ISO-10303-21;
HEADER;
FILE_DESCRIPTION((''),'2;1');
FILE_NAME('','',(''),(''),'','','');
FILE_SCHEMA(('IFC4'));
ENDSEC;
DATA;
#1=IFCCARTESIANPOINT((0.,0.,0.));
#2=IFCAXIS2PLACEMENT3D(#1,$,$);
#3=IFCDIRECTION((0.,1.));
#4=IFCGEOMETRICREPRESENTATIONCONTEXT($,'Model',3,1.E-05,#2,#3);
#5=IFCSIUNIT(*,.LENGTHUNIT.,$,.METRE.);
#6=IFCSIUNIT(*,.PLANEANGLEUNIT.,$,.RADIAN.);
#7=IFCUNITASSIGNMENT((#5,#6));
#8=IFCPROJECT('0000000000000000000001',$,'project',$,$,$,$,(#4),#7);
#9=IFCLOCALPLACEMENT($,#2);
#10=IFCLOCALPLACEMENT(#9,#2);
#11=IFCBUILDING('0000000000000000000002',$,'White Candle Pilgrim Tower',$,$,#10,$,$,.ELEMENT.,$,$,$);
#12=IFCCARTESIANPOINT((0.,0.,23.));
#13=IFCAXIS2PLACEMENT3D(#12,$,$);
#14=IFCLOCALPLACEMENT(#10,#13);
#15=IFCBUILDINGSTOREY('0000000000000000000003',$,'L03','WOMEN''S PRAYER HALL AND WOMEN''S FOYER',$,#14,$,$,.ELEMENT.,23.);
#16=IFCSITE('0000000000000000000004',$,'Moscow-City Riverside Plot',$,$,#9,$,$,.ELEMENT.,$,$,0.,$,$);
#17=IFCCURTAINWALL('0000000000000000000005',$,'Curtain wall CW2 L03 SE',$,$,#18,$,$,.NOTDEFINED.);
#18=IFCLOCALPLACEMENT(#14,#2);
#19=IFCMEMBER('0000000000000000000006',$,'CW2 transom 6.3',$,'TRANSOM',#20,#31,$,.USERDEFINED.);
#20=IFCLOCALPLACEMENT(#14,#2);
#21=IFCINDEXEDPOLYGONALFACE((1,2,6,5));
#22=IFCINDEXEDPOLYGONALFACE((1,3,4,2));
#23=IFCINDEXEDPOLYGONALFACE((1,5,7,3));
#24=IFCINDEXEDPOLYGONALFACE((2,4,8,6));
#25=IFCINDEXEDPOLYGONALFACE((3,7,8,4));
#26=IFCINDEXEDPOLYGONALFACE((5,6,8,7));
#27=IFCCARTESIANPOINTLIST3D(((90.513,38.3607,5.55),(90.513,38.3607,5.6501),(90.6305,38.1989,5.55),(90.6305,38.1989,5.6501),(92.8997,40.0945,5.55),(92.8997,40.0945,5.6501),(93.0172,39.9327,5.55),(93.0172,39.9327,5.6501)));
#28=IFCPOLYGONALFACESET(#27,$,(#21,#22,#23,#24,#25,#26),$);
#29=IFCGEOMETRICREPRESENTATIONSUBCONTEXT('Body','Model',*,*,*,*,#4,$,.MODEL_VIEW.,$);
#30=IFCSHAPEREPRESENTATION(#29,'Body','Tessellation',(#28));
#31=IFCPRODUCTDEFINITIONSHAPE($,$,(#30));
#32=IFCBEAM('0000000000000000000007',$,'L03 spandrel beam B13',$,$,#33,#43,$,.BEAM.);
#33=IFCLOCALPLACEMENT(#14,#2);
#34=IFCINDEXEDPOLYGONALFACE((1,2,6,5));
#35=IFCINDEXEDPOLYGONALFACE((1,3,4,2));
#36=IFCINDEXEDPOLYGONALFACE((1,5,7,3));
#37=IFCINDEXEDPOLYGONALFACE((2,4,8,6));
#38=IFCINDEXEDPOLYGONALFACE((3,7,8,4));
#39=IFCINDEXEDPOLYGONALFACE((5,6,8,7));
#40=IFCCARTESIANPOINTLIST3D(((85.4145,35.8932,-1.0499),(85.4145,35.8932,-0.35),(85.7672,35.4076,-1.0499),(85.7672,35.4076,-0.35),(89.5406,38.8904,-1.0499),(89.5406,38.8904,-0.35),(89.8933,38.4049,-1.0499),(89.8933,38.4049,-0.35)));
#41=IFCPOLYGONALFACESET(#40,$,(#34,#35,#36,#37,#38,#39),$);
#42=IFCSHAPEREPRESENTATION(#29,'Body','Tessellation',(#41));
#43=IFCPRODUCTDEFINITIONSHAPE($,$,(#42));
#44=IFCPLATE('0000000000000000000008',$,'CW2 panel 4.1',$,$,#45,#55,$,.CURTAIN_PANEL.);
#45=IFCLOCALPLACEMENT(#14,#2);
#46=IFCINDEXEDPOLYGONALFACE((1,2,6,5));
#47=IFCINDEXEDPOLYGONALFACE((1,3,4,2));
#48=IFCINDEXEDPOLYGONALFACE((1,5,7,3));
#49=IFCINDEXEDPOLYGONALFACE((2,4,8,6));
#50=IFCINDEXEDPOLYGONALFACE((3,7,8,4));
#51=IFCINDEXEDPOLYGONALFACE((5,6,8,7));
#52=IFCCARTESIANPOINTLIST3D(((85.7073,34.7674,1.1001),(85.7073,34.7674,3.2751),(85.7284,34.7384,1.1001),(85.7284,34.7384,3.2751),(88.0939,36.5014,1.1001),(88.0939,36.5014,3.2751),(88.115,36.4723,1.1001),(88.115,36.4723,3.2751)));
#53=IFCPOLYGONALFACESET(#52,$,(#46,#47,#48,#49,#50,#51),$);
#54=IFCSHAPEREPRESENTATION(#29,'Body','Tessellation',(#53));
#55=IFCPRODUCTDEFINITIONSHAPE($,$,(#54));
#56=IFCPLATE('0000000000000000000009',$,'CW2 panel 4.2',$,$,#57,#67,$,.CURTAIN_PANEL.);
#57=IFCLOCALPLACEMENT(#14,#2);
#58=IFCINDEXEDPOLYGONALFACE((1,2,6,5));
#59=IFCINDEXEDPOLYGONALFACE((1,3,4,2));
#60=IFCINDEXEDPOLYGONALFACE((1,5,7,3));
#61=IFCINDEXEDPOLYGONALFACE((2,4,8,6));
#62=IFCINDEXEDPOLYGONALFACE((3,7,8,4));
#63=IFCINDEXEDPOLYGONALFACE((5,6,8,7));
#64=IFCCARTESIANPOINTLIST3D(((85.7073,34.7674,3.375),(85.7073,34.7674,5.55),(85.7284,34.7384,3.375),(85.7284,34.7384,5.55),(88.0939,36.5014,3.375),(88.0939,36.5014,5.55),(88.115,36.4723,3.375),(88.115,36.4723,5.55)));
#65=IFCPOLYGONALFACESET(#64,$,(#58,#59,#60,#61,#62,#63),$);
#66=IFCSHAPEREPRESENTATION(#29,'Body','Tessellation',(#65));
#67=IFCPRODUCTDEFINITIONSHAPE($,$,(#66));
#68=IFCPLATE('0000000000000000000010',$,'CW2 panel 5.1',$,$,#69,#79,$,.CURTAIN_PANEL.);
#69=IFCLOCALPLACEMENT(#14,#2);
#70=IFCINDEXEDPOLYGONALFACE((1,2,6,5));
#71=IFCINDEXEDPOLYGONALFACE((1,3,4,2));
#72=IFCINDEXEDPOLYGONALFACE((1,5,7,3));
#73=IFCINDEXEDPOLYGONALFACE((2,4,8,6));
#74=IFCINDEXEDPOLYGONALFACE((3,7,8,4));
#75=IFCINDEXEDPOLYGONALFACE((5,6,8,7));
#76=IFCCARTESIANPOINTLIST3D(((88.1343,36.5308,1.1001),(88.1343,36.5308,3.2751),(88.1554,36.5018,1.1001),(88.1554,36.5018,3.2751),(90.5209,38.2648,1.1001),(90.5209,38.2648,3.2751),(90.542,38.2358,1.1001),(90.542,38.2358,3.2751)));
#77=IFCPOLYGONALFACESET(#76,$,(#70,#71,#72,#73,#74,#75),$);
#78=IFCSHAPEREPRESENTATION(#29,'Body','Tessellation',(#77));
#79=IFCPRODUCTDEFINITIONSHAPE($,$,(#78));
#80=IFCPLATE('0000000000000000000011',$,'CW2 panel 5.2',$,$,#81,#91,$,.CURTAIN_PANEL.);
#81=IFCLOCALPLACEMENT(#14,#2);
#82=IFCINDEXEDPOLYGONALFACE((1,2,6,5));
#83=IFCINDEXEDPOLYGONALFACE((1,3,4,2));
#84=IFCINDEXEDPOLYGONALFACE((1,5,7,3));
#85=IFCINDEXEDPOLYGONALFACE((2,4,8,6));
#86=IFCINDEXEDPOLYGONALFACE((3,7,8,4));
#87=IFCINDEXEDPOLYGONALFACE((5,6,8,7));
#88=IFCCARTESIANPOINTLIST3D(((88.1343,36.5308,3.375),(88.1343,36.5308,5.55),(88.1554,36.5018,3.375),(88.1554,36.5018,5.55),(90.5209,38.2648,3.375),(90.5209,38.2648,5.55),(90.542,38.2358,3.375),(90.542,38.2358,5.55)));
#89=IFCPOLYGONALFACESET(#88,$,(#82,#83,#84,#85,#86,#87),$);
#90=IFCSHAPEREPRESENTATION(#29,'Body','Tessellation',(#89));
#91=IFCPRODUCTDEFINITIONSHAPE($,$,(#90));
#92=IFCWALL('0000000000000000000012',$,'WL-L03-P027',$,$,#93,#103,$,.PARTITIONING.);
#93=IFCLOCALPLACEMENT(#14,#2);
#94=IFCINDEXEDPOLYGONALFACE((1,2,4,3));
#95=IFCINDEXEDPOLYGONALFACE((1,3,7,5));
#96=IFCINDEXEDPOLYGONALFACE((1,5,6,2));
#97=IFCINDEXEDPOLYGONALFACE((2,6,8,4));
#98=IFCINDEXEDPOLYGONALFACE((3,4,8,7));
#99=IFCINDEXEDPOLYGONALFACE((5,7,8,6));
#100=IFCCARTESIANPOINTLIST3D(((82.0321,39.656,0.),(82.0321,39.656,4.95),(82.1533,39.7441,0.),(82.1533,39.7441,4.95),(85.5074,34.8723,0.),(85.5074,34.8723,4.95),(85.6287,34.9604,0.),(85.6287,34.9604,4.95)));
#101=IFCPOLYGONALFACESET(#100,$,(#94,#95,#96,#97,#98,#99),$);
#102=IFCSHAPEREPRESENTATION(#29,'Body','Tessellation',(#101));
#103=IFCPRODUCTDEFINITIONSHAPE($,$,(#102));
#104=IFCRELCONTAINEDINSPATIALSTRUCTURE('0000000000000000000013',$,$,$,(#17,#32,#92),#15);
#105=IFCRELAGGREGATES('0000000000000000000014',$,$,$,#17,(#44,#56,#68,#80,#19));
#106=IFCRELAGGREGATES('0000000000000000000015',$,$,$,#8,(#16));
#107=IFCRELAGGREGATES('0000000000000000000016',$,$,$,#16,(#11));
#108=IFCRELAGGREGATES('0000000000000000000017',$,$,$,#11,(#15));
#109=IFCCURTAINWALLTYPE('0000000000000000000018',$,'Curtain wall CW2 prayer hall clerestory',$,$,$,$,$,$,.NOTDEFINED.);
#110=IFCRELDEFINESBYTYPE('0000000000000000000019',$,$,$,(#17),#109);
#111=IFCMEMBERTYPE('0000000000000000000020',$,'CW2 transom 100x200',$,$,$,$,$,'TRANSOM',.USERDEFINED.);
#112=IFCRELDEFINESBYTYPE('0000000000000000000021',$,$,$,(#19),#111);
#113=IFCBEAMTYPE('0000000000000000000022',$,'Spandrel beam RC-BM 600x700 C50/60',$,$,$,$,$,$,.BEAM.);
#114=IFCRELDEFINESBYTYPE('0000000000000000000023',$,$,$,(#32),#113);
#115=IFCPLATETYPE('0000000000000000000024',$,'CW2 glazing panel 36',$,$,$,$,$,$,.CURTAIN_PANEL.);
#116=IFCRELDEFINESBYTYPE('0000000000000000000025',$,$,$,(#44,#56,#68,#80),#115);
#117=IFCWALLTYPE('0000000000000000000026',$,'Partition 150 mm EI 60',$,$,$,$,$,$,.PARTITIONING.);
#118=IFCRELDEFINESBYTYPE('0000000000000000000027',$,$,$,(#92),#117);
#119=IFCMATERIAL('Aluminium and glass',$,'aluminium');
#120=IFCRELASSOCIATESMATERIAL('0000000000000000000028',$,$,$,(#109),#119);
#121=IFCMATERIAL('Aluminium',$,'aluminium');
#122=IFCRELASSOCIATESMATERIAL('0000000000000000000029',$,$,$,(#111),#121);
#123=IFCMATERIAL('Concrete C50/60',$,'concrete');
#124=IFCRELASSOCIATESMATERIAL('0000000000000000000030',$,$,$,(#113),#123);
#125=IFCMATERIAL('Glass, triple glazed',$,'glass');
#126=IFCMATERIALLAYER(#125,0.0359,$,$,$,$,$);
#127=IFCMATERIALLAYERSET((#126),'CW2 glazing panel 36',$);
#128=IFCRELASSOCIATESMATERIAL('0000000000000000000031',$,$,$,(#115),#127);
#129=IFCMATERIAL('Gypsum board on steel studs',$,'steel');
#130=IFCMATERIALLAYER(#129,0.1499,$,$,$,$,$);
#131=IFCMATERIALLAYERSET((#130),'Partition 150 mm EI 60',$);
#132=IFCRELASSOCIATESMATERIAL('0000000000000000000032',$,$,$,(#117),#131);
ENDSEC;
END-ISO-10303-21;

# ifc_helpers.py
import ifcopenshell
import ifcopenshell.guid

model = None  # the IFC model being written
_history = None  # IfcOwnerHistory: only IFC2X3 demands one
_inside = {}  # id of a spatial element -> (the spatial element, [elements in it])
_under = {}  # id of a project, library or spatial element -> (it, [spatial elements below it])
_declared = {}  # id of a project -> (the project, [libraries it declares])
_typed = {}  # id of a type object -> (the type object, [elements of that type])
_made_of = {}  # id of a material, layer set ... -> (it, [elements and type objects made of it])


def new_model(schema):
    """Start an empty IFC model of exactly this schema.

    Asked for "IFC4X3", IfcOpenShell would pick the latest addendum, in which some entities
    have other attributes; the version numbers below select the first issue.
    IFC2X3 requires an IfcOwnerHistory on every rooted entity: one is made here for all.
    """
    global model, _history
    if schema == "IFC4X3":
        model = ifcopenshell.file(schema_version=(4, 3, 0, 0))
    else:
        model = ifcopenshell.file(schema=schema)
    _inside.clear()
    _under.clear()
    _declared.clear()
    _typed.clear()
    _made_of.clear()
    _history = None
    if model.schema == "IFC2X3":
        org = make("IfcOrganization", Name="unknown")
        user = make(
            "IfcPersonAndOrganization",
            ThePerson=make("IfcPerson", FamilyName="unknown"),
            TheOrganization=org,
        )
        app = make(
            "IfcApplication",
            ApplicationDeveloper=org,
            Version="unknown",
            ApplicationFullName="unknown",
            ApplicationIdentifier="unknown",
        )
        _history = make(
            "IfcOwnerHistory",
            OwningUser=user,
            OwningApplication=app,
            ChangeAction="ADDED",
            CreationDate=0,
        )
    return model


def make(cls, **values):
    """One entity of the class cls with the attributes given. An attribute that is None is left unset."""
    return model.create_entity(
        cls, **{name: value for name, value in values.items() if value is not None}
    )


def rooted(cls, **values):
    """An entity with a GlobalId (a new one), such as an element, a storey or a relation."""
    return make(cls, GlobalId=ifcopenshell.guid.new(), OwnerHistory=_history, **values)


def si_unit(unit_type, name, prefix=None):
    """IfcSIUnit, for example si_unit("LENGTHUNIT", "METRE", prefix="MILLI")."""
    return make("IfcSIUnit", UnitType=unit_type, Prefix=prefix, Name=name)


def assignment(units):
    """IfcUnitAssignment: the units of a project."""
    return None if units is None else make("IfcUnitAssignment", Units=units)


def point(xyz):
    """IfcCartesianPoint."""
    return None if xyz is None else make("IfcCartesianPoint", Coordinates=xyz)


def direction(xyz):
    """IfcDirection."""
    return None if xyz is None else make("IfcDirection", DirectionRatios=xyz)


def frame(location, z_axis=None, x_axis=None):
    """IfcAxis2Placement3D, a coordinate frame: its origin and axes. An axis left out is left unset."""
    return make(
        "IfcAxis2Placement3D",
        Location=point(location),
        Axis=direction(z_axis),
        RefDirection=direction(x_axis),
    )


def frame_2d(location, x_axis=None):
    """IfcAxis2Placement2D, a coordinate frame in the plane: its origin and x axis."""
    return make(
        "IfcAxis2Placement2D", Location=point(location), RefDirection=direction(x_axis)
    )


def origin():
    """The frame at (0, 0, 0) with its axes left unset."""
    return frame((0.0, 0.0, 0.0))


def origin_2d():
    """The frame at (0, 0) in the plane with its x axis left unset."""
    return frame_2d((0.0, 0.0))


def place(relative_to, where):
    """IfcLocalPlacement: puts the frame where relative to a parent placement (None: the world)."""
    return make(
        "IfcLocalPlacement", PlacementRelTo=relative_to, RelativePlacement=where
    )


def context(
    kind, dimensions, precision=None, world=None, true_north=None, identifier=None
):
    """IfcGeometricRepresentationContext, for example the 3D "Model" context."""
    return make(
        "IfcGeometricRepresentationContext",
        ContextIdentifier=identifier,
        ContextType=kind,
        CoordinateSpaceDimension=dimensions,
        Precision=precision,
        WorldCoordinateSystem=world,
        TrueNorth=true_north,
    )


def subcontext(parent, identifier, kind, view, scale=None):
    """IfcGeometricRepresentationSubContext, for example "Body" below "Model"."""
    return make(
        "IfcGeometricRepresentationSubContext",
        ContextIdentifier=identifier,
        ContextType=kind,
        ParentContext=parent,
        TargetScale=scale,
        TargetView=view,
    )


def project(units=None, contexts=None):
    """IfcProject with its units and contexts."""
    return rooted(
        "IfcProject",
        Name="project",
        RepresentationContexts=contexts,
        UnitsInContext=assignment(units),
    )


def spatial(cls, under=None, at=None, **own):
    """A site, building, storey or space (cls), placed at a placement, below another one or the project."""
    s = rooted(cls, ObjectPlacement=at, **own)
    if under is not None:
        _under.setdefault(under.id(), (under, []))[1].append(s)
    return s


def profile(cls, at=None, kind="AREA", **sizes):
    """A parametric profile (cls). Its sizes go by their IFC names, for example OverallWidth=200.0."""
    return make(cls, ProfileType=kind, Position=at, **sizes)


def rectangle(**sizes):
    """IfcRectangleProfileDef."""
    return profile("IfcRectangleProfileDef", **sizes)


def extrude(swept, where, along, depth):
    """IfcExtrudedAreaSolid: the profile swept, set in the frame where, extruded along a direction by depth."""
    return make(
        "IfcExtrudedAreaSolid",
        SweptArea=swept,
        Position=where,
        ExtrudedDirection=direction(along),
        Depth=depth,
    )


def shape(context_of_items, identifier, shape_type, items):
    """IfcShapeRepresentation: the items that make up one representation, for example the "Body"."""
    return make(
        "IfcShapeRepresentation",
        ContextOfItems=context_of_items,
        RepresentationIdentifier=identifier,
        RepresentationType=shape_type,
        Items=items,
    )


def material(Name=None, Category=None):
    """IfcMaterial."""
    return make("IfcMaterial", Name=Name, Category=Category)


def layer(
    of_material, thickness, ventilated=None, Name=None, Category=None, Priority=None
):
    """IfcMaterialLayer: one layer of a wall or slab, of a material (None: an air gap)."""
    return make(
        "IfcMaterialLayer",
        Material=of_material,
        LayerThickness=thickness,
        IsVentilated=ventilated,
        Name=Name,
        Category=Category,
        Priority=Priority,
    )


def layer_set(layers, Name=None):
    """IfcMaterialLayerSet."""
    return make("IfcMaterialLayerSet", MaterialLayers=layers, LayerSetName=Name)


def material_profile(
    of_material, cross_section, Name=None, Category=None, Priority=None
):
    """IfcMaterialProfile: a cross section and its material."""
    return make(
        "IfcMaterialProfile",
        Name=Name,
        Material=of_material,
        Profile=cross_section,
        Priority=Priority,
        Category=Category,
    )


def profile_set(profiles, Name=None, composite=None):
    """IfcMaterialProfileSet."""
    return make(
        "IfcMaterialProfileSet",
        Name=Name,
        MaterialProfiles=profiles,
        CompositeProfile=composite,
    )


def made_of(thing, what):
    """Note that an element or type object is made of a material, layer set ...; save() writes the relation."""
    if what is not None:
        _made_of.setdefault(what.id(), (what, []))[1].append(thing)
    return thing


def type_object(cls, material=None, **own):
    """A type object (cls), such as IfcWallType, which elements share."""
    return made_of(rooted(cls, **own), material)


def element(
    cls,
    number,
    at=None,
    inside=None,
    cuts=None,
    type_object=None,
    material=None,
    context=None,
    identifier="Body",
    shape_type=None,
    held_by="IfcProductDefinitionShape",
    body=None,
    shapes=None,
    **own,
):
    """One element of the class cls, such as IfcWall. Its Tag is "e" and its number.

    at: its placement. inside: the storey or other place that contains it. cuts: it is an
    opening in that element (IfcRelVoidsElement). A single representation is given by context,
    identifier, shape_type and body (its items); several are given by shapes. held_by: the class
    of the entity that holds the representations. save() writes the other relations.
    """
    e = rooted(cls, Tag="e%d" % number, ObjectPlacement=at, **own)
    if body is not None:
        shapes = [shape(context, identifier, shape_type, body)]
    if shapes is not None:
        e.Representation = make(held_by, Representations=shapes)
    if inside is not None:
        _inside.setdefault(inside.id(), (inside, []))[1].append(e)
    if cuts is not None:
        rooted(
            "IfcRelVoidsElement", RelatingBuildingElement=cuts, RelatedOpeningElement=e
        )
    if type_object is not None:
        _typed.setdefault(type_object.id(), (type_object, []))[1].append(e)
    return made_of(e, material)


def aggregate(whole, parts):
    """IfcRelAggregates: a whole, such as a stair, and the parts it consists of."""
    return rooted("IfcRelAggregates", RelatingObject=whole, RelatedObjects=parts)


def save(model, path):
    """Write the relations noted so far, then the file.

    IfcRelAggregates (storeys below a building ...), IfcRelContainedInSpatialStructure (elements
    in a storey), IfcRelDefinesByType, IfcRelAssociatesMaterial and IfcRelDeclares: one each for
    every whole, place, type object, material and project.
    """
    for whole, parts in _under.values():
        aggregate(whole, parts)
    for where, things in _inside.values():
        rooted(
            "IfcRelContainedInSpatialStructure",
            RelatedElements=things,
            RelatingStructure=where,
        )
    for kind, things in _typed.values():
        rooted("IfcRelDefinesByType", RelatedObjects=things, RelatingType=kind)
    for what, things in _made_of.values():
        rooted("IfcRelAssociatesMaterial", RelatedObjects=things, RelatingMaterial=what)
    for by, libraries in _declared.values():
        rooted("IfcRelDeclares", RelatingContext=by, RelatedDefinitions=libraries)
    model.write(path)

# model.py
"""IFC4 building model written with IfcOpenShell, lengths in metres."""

from ifc_helpers import new_model, si_unit, direction, frame, frame_2d, origin, origin_2d, place, context, subcontext, project, spatial, rectangle, extrude, material, layer, layer_set, material_profile, profile_set, type_object, element, aggregate, save


model = new_model("IFC4")

# Units and contexts
model_context = context("Model", 3, precision=1e-05, world=origin(), true_north=direction((0.0, 1.0)))
body_context = subcontext(model_context, "Body", "Model", "MODEL_VIEW")
ifc_project = project(units=[si_unit("LENGTHUNIT", "METRE"), si_unit("PLANEANGLEUNIT", "RADIAN")], contexts=[model_context])

# Site, building, storey
site_placement = place(None, origin())
site = spatial("IfcSite", under=ifc_project, at=site_placement, Name="Moscow-City Riverside Plot", CompositionType="ELEMENT", RefElevation=0.0)
building_placement = place(site_placement, origin())
building = spatial("IfcBuilding", under=site, at=building_placement, Name="White Candle Pilgrim Tower", CompositionType="ELEMENT")
storey_placement = place(building_placement, frame((0.0, 0.0, 23.0)))
storey = spatial("IfcBuildingStorey", under=building, at=storey_placement, Name="L03", Description="WOMEN'S PRAYER HALL AND WOMEN'S FOYER", CompositionType="ELEMENT", Elevation=23.0)

# Curtain wall, member
ifc_material_1 = material(Name="Aluminium and glass", Category="aluminium")
curtain_wall_type = type_object("IfcCurtainWallType", Name="Curtain wall CW2 prayer hall clerestory", PredefinedType="NOTDEFINED", material=ifc_material_1)
curtain_wall_placement = place(storey_placement, origin())
curtain_wall = element("IfcCurtainWall", 1, at=curtain_wall_placement, inside=storey, type_object=curtain_wall_type, Name="Curtain wall CW2 L03 SE", PredefinedType="NOTDEFINED")
ifc_material_2 = material(Name="Aluminium", Category="aluminium")
ifc_material_profile_1 = material_profile(ifc_material_2, rectangle(XDim=0.2, YDim=0.1001, at=origin_2d()), Name="CW2 transom 100x200")
ifc_profile_set_1 = profile_set([ifc_material_profile_1], Name="Aluminium")
member_type_1 = type_object("IfcMemberType", Name="CW2 transom 100x200", ElementType="TRANSOM", PredefinedType="USERDEFINED", material=ifc_profile_set_1)
member_1_placement = place(storey_placement, frame((90.5718, 38.2798, 5.6001), z_axis=(0.809044, 0.587748, 0.0), x_axis=(-0.587748, 0.809044, 0.0)))
member_1 = element("IfcMember", 2, at=member_1_placement, type_object=member_type_1, Name="CW2 transom 6.3", ObjectType="TRANSOM", PredefinedType="USERDEFINED", context=body_context, shape_type="SweptSolid", body=[
    extrude(rectangle(XDim=0.2, YDim=0.1001, at=origin_2d()), origin(), (0.0, 0.0, 1.0), 2.95),
])

# Beam
ifc_material_3 = material(Name="Concrete C50/60", Category="concrete")
ifc_material_profile_2 = material_profile(ifc_material_3, rectangle(XDim=0.6001, YDim=0.7, at=origin_2d()), Name="RC-BM 600x700")
ifc_profile_set_2 = profile_set([ifc_material_profile_2], Name="Concrete C50/60")
beam_type = type_object("IfcBeamType", Name="Spandrel beam RC-BM 600x700 C50/60", PredefinedType="BEAM", material=ifc_profile_set_2)
beam_placement = place(storey_placement, frame((85.5908, 35.6504, -0.7), z_axis=(0.809069, 0.587713, 0.0), x_axis=(-0.587713, 0.809069, 0.0)))
element("IfcBeam", 3, at=beam_placement, inside=storey, type_object=beam_type, Name="L03 spandrel beam B13", PredefinedType="BEAM", context=body_context, shape_type="SweptSolid", body=[
    extrude(rectangle(XDim=0.6001, YDim=0.7, at=origin_2d()), origin(), (0.0, 0.0, 1.0), 5.0999),
])

# Plates
ifc_material_4 = material(Name="Glass, triple glazed", Category="glass")
ifc_layer_1 = layer(ifc_material_4, 0.0359)
ifc_layer_set_1 = layer_set([ifc_layer_1], Name="CW2 glazing panel 36")
plate_type = type_object("IfcPlateType", Name="CW2 glazing panel 36", PredefinedType="CURTAIN_PANEL", material=ifc_layer_set_1)
plate_1_placement = place(storey_placement, frame((86.9111, 35.6199, 1.1001), z_axis=(0.0, 0.0, 1.0), x_axis=(0.809017, 0.587785, 0.0)))
plate_1 = element("IfcPlate", 4, at=plate_1_placement, type_object=plate_type, Name="CW2 panel 4.1", PredefinedType="CURTAIN_PANEL", context=body_context, shape_type="SweptSolid", body=[
    extrude(rectangle(XDim=2.95, YDim=0.0359, at=origin_2d()), origin(), (0.0, 0.0, 1.0), 2.175),
])
plate_2_placement = place(storey_placement, frame((86.9111, 35.6199, 3.375), z_axis=(0.0, 0.0, 1.0), x_axis=(0.809017, 0.587785, 0.0)))
plate_2 = element("IfcPlate", 5, at=plate_2_placement, type_object=plate_type, Name="CW2 panel 4.2", PredefinedType="CURTAIN_PANEL", context=body_context, shape_type="SweptSolid", body=[
    extrude(rectangle(XDim=2.95, YDim=0.0359, at=origin_2d()), origin(), (0.0, 0.0, 1.0), 2.175),
])
plate_3_placement = place(storey_placement, frame((89.3381, 37.3833, 1.1001), z_axis=(0.0, 0.0, 1.0), x_axis=(0.809017, 0.587785, 0.0)))
plate_3 = element("IfcPlate", 6, at=plate_3_placement, type_object=plate_type, Name="CW2 panel 5.1", PredefinedType="CURTAIN_PANEL", context=body_context, shape_type="SweptSolid", body=[
    extrude(rectangle(XDim=2.95, YDim=0.0359, at=origin_2d()), origin(), (0.0, 0.0, 1.0), 2.175),
])
plate_4_placement = place(storey_placement, frame((89.3381, 37.3833, 3.375), z_axis=(0.0, 0.0, 1.0), x_axis=(0.809017, 0.587785, 0.0)))
plate_4 = element("IfcPlate", 7, at=plate_4_placement, type_object=plate_type, Name="CW2 panel 5.2", PredefinedType="CURTAIN_PANEL", context=body_context, shape_type="SweptSolid", body=[
    extrude(rectangle(XDim=2.95, YDim=0.0359, at=origin_2d()), origin(), (0.0, 0.0, 1.0), 2.175),
])
aggregate(curtain_wall, [plate_1, plate_2, plate_3, plate_4, member_1])

# Wall
ifc_material_5 = material(Name="Gypsum board on steel studs", Category="steel")
ifc_layer_2 = layer(ifc_material_5, 0.1499)
ifc_layer_set_2 = layer_set([ifc_layer_2], Name="Partition 150 mm EI 60")
wall_type = type_object("IfcWallType", Name="Partition 150 mm EI 60", PredefinedType="PARTITIONING", material=ifc_layer_set_2)
wall_placement = place(storey_placement, frame((85.5681, 34.9163, 0.0), z_axis=(0.0, 0.0, 1.0), x_axis=(-0.587762, 0.809034, 0.0)))
element("IfcWall", 8, at=wall_placement, inside=storey, type_object=wall_type, Name="WL-L03-P027", PredefinedType="PARTITIONING", context=body_context, shape_type="SweptSolid", body=[
    extrude(rectangle(XDim=5.9128, YDim=0.1499, at=frame_2d((2.9565, 0.0))), origin(), (0.0, 0.0, 1.0), 4.95),
])

save(model, "model.ifc")
